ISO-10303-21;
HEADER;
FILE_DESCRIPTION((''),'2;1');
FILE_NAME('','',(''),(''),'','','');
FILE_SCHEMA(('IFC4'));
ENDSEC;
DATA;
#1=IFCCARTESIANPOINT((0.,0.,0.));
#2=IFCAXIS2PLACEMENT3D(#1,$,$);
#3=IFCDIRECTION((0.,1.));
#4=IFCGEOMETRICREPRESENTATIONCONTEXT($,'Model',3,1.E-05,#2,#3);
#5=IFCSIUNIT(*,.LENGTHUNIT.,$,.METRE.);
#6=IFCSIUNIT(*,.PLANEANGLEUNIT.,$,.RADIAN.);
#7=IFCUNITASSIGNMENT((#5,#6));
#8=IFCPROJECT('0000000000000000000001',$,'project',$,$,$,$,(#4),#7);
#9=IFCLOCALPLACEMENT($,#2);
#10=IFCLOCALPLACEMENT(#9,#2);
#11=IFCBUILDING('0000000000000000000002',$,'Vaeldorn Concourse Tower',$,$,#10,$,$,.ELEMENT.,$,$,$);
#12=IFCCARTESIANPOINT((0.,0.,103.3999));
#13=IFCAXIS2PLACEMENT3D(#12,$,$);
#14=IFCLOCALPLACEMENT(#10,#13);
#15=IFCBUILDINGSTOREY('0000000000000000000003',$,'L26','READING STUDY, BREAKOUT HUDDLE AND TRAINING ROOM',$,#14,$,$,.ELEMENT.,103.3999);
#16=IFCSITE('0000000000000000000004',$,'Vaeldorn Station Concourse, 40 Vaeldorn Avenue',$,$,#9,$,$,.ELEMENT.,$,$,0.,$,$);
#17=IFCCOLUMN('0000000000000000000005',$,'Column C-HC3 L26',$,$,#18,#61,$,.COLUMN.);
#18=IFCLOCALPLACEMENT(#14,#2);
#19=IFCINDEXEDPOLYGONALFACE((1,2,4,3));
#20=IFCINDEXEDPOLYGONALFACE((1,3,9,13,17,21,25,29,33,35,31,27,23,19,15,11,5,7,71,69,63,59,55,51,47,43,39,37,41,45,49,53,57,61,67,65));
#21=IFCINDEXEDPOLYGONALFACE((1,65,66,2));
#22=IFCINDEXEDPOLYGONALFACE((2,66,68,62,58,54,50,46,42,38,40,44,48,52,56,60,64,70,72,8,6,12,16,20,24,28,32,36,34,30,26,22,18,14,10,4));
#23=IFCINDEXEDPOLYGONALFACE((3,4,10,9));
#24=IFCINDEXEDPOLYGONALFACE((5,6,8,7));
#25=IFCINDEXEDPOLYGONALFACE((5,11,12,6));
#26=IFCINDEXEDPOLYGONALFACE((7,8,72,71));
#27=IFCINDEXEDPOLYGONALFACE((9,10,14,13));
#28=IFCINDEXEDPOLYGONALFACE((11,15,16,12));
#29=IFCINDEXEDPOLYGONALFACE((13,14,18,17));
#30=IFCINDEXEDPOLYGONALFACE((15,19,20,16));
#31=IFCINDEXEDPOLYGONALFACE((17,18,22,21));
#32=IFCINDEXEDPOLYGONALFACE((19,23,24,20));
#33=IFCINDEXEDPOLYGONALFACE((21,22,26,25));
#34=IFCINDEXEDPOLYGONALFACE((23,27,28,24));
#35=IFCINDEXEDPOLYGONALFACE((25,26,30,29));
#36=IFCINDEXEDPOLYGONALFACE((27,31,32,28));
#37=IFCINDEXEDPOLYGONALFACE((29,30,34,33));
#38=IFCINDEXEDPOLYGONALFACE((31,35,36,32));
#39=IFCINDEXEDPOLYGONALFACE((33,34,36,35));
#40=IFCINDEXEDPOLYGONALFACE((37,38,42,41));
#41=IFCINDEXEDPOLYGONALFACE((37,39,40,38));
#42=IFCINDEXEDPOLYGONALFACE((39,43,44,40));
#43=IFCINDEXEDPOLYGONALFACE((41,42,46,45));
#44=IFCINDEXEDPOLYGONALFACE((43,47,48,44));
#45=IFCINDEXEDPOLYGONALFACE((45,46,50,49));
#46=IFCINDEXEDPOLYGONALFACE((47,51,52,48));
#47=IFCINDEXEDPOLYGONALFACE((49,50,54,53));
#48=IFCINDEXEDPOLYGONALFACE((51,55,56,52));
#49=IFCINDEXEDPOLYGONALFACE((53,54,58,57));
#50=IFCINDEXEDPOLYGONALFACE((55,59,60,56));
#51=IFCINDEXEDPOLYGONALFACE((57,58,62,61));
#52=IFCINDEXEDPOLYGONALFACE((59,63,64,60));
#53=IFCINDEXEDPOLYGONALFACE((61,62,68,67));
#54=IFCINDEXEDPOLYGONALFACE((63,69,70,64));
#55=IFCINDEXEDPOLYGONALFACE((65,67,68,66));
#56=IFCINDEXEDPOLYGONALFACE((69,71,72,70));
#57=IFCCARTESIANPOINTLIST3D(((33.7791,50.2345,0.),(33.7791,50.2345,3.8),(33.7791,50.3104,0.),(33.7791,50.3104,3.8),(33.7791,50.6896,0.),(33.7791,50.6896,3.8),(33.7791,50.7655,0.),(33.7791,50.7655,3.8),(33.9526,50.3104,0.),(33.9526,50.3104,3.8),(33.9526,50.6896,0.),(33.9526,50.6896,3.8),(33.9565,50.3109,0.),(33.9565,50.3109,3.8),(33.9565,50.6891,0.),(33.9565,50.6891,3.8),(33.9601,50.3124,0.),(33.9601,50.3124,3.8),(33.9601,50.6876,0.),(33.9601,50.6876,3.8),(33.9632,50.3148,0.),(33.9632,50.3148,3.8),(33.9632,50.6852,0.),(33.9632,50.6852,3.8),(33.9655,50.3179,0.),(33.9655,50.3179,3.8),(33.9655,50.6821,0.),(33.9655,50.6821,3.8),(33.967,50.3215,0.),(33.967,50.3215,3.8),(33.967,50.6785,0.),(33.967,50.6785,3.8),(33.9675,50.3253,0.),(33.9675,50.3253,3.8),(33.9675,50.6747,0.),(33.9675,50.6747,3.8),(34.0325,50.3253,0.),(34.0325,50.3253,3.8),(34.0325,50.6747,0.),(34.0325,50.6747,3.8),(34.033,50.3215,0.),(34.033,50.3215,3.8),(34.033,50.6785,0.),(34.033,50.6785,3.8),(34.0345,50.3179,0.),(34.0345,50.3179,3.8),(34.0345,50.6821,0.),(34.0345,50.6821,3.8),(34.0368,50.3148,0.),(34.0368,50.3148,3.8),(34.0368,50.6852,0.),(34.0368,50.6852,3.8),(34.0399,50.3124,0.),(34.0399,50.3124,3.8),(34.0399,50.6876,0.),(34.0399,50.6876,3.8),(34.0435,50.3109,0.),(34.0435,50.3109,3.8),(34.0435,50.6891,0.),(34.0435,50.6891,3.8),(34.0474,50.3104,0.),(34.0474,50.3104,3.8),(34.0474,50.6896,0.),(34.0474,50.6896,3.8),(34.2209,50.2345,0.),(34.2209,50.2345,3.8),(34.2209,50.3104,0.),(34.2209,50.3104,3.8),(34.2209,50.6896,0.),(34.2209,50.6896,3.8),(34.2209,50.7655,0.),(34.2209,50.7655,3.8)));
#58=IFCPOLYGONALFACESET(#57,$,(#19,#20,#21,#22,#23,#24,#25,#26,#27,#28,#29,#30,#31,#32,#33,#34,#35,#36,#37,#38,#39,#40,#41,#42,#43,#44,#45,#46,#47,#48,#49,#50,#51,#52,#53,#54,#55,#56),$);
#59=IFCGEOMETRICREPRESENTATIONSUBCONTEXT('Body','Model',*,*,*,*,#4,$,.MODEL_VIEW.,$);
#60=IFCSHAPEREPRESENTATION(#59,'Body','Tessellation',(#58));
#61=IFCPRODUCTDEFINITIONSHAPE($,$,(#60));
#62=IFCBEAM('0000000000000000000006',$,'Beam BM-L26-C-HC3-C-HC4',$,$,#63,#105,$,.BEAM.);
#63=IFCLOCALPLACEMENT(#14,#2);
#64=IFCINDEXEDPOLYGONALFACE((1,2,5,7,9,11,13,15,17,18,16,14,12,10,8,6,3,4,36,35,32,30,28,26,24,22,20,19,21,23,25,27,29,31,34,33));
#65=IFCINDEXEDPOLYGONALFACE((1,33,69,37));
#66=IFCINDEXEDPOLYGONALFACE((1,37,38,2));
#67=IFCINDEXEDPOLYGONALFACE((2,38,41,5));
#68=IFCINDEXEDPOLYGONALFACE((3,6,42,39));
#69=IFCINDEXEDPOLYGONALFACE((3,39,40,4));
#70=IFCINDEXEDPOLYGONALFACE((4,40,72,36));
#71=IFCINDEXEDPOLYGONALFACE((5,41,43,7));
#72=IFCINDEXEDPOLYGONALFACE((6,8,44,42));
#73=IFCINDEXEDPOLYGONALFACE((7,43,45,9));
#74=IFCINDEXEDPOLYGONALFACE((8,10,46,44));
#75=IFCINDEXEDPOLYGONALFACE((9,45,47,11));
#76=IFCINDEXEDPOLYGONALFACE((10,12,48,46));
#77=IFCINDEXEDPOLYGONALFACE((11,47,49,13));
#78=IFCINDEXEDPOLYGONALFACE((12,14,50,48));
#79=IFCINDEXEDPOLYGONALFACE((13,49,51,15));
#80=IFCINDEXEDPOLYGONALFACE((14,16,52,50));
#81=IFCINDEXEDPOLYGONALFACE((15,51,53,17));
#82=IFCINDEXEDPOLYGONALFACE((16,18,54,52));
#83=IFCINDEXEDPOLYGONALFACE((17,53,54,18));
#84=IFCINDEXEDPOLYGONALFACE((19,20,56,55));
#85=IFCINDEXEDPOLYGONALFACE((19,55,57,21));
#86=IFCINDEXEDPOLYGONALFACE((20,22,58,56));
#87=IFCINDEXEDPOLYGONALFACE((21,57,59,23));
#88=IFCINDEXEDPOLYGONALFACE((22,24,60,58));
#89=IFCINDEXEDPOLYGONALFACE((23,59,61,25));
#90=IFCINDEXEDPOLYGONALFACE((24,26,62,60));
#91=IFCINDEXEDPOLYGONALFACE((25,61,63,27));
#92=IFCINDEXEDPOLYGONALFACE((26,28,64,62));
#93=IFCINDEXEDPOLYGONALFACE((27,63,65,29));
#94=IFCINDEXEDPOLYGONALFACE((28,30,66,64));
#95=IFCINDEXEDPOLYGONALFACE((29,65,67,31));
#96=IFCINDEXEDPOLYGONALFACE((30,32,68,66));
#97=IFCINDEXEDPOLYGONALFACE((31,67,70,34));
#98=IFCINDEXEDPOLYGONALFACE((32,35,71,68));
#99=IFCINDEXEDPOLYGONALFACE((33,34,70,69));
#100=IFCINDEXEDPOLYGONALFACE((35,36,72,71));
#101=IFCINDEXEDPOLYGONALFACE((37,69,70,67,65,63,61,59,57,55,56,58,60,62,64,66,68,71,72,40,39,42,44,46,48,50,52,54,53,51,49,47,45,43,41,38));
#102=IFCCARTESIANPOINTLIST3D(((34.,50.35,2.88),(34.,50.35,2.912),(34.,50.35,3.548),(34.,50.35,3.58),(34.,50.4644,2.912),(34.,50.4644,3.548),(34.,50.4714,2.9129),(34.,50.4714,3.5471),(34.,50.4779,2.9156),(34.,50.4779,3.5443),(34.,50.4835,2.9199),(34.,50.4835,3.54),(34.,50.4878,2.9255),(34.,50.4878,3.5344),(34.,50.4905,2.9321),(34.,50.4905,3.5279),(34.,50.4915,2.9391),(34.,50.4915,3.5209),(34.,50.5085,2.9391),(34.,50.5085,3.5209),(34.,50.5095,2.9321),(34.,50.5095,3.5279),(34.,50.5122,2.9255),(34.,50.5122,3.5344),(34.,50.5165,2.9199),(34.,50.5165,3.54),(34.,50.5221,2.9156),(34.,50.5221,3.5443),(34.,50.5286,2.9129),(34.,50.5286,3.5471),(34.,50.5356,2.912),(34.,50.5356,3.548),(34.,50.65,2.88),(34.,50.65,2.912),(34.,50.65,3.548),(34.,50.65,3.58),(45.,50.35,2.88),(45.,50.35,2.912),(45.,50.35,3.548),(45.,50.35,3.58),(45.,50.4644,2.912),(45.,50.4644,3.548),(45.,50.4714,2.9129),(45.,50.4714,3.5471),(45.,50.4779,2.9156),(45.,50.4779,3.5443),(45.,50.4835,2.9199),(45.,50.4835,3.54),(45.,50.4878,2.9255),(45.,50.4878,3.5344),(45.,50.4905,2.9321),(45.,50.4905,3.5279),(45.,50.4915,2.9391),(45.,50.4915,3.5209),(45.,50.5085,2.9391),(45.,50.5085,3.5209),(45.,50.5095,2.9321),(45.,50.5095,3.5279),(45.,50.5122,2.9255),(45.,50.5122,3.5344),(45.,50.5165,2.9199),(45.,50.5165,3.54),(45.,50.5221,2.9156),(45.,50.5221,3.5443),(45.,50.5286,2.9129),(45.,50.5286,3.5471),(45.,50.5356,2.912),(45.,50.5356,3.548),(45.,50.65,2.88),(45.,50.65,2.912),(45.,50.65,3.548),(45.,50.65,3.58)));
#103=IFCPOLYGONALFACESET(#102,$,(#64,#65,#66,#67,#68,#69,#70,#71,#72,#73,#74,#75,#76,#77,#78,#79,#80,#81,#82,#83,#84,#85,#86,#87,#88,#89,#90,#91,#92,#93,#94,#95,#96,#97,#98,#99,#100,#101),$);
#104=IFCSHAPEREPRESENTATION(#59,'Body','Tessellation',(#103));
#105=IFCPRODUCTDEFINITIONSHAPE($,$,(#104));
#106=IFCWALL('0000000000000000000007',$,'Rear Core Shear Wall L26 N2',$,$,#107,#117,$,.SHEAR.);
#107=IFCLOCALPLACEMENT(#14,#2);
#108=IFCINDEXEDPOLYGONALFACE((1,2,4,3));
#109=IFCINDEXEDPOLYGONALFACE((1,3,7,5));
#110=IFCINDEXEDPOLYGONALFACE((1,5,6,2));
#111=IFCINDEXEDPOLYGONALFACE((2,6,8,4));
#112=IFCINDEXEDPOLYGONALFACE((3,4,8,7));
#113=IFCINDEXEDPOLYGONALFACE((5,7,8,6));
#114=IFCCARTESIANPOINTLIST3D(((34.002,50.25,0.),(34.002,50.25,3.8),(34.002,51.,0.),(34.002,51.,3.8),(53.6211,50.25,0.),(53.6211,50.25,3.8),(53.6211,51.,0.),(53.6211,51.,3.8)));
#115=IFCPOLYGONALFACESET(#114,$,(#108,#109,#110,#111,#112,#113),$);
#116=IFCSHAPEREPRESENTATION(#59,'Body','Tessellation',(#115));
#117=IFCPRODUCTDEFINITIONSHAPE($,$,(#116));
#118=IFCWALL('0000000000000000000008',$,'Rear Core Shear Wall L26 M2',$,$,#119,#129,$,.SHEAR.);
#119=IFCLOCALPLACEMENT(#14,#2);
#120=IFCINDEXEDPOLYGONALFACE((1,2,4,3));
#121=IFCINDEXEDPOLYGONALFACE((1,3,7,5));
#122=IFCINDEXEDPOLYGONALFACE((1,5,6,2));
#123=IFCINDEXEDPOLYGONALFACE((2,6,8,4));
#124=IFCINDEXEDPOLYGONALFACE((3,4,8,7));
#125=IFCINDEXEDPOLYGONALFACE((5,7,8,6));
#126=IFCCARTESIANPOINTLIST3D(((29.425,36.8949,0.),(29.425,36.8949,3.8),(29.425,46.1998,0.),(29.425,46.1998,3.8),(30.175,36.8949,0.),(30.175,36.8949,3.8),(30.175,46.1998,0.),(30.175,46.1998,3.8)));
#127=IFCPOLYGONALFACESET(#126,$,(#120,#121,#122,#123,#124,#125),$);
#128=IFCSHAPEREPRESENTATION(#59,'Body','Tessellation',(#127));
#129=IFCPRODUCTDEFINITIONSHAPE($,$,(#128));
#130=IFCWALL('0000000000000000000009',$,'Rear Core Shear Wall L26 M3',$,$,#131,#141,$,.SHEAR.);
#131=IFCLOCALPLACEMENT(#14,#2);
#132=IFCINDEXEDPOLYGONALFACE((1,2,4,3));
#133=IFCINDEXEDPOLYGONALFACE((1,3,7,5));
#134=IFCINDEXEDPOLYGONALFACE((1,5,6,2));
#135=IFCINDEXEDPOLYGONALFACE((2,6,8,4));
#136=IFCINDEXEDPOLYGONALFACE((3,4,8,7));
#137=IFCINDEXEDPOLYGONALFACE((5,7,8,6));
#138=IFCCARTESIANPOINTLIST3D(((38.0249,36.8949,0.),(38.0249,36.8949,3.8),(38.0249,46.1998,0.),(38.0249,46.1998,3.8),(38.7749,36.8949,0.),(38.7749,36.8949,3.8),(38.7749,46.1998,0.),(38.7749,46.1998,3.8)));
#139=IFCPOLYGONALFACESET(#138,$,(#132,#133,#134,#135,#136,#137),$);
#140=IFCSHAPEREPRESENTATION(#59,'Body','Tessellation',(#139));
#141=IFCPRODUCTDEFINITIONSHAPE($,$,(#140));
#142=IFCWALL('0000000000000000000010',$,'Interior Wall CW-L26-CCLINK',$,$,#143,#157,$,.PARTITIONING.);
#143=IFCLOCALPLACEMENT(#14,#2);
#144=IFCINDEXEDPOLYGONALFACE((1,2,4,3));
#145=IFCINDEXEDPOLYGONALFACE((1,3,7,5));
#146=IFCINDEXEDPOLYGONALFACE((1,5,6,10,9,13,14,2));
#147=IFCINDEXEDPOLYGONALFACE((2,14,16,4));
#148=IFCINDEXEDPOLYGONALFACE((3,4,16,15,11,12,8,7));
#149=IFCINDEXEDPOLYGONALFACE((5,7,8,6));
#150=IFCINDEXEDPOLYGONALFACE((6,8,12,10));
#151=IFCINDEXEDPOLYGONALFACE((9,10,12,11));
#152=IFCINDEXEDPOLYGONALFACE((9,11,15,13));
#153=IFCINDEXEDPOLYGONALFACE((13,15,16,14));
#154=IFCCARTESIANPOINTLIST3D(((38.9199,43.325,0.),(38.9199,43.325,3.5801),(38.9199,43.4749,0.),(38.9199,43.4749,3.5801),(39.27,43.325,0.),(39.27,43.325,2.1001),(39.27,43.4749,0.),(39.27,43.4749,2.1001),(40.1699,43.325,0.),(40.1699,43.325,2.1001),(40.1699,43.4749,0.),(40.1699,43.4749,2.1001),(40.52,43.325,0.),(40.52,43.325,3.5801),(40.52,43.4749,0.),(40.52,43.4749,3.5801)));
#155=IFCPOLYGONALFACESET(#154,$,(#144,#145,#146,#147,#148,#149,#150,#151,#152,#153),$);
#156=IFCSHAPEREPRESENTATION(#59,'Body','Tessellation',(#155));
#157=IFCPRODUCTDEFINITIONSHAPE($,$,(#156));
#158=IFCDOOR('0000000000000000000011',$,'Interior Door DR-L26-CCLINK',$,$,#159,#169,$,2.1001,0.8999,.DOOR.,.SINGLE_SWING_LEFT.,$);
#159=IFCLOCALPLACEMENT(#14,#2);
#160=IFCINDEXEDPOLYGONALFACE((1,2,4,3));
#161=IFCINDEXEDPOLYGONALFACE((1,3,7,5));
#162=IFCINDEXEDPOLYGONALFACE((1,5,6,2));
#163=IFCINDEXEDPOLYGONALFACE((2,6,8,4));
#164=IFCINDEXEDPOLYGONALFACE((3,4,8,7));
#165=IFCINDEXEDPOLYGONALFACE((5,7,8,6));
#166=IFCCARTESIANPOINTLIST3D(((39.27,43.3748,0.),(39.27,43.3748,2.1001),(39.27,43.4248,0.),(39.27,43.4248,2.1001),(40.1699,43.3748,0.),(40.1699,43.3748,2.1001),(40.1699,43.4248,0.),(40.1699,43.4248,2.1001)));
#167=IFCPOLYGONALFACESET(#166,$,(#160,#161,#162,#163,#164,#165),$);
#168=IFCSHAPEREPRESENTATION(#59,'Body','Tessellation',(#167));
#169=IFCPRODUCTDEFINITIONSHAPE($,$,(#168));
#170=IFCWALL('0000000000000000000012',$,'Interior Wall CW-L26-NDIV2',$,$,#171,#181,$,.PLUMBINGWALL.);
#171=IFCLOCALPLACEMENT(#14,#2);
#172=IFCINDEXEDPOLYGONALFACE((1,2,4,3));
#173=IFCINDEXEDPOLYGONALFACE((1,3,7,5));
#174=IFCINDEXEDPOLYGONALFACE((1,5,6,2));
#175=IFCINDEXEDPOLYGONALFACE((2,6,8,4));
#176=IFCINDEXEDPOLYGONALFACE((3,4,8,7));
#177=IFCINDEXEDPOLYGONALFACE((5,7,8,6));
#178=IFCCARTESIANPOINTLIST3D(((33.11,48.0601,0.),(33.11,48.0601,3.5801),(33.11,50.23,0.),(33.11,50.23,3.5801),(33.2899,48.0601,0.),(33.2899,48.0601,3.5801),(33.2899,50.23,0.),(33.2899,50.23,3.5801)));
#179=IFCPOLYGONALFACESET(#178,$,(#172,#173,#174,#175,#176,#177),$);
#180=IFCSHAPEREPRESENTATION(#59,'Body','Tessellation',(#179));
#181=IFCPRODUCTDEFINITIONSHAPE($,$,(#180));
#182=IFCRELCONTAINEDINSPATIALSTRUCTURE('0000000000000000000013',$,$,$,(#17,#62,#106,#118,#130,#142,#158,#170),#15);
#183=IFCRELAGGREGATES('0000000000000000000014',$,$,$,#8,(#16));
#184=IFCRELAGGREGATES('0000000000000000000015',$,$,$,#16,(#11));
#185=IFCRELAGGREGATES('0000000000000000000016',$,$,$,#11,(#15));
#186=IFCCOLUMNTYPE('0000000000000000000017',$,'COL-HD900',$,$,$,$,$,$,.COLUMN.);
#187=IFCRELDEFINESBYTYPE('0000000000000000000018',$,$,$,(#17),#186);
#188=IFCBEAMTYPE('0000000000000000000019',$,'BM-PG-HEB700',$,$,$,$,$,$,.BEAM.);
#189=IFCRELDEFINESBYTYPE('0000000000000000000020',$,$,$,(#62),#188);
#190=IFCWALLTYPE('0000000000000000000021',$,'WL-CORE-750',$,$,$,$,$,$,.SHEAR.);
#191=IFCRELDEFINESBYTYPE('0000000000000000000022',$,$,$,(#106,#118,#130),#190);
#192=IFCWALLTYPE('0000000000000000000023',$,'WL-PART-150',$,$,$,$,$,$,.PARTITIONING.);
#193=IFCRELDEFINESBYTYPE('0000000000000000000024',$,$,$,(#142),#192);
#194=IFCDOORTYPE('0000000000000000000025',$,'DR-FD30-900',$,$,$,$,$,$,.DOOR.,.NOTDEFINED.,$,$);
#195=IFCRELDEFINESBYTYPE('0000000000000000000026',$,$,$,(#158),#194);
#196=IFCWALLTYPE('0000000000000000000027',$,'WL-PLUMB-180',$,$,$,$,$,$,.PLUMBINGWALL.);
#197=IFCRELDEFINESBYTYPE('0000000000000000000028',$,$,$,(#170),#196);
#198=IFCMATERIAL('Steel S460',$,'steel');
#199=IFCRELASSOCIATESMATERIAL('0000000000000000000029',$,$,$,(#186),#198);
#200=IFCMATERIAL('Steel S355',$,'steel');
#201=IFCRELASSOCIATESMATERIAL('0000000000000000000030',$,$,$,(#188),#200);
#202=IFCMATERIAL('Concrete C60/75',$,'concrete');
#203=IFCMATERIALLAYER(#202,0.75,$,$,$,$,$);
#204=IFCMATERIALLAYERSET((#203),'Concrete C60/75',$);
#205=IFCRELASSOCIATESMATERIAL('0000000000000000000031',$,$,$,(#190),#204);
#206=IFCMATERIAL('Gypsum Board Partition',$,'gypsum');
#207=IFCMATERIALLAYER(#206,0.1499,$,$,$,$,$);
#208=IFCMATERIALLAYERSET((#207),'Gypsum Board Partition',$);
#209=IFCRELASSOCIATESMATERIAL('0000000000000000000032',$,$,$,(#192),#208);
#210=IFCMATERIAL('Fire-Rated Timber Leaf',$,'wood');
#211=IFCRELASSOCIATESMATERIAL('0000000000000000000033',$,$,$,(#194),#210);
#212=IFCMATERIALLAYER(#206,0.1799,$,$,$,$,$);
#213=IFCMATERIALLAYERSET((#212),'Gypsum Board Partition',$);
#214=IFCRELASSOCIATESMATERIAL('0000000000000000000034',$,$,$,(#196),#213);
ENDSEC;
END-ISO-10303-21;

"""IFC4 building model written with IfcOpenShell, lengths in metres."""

from ifc_helpers import new_model, si_unit, direction, frame, frame_2d, origin, origin_2d, place, context, subcontext, project, spatial, rectangle, i_section, extrude, source, transform, mapped, material, layer, layer_set, material_profile, profile_set, type_object, element, fill, save


model = new_model("IFC4")

# Units and contexts
model_context = context("Model", 3, precision=1e-05, world=origin(), true_north=direction((0.0, 1.0)))
body_context = subcontext(model_context, "Body", "Model", "MODEL_VIEW")
ifc_project = project(units=[si_unit("LENGTHUNIT", "METRE"), si_unit("PLANEANGLEUNIT", "RADIAN")], contexts=[model_context])

# Site, building, storey
site_placement = place(None, origin())
site = spatial("IfcSite", under=ifc_project, at=site_placement, Name="Vaeldorn Station Concourse, 40 Vaeldorn Avenue", CompositionType="ELEMENT", RefElevation=0.0)
building_placement = place(site_placement, origin())
building = spatial("IfcBuilding", under=site, at=building_placement, Name="Vaeldorn Concourse Tower", CompositionType="ELEMENT")
storey_placement = place(building_placement, frame((0.0, 0.0, 103.3999)))
storey = spatial("IfcBuildingStorey", under=building, at=storey_placement, Name="L26", Description="READING STUDY, BREAKOUT HUDDLE AND TRAINING ROOM", CompositionType="ELEMENT", Elevation=103.3999)

# Column
ifc_material_1 = material(Name="Steel S460", Category="steel")
ifc_material_profile_1 = material_profile(ifc_material_1, i_section(OverallWidth=0.4419, OverallDepth=0.531, WebThickness=0.0649, FlangeThickness=0.0759, FilletRadius=0.0149, at=origin_2d()), Name="HD 400x900")
ifc_profile_set_1 = profile_set([ifc_material_profile_1], Name="Steel S460")
column_type = type_object("IfcColumnType", Name="COL-HD900", PredefinedType="COLUMN", material=ifc_profile_set_1)
shared_shape_1 = source(origin(), body_context, "Body", "SweptSolid", [
    extrude(i_section(OverallWidth=0.4419, OverallDepth=0.531, WebThickness=0.0649, FlangeThickness=0.0759, FilletRadius=0.0149, at=origin_2d()), origin(), (0.0, 0.0, 1.0), 3.8),
])
column_placement = place(storey_placement, frame((34.0, 50.5, 0.0), z_axis=(0.0, 0.0, 1.0), x_axis=(1.0, 0.0, 0.0)))
element("IfcColumn", 1, at=column_placement, inside=storey, type_object=column_type, Name="Column C-HC3 L26", PredefinedType="COLUMN", context=body_context, shape_type="MappedRepresentation", body=[
    mapped(shared_shape_1, transform((0.0, 0.0, 0.0), scale=1.0)),
])

# Beam
ifc_material_2 = material(Name="Steel S355", Category="steel")
ifc_material_profile_2 = material_profile(ifc_material_2, i_section(OverallWidth=0.3, OverallDepth=0.7, WebThickness=0.0171, FlangeThickness=0.032, FilletRadius=0.0271, at=origin_2d()), Name="HEB 700")
ifc_profile_set_2 = profile_set([ifc_material_profile_2], Name="Steel S355")
beam_type = type_object("IfcBeamType", Name="BM-PG-HEB700", PredefinedType="BEAM", material=ifc_profile_set_2)
shared_shape_2 = source(origin(), body_context, "Body", "SweptSolid", [
    extrude(i_section(OverallWidth=0.3, OverallDepth=0.7, WebThickness=0.0171, FlangeThickness=0.032, FilletRadius=0.0271, at=origin_2d()), origin(), (0.0, 0.0, 1.0), 11.0),
])
beam_placement = place(storey_placement, frame((34.0, 50.5, 3.23), z_axis=(1.0, 0.0, 0.0), x_axis=(0.0, 1.0, 0.0)))
element("IfcBeam", 2, at=beam_placement, inside=storey, type_object=beam_type, Name="Beam BM-L26-C-HC3-C-HC4", PredefinedType="BEAM", context=body_context, shape_type="MappedRepresentation", body=[
    mapped(shared_shape_2, transform((0.0, 0.0, 0.0), scale=1.0)),
])

# Walls
ifc_material_3 = material(Name="Concrete C60/75", Category="concrete")
ifc_layer_1 = layer(ifc_material_3, 0.75)
ifc_layer_set_1 = layer_set([ifc_layer_1], Name="Concrete C60/75")
wall_type_1 = type_object("IfcWallType", Name="WL-CORE-750", PredefinedType="SHEAR", material=ifc_layer_set_1)
wall_1_placement = place(storey_placement, frame((34.002, 50.625, 0.0), z_axis=(0.0, 0.0, 1.0), x_axis=(1.0, 0.0, 0.0)))
element("IfcWall", 3, at=wall_1_placement, inside=storey, type_object=wall_type_1, Name="Rear Core Shear Wall L26 N2", PredefinedType="SHEAR", context=body_context, shape_type="SweptSolid", body=[
    extrude(rectangle(XDim=19.6191, YDim=0.75, at=frame_2d((9.8096, 0.0))), origin(), (0.0, 0.0, 1.0), 3.8),
])
for number, where, z_axis, x_axis, name in (
    (4, (29.8, 36.895, 0.0), (0.0, 0.0, 1.0), (0.0, 1.0, 0.0), "Rear Core Shear Wall L26 M2"),
    (5, (38.3999, 36.895, 0.0), (0.0, 0.0, 1.0), (0.0, 1.0, 0.0), "Rear Core Shear Wall L26 M3"),
):
    element("IfcWall", number, at=place(storey_placement, frame(where, z_axis=z_axis, x_axis=x_axis)), inside=storey, type_object=wall_type_1, Name=name, PredefinedType="SHEAR", context=body_context, shape_type="SweptSolid", body=[
        extrude(rectangle(XDim=9.3049, YDim=0.75, at=frame_2d((4.6523, 0.0))), origin(), (0.0, 0.0, 1.0), 3.8),
    ])

# Wall, opening, door
ifc_material_4 = material(Name="Gypsum Board Partition", Category="gypsum")
ifc_layer_2 = layer(ifc_material_4, 0.1499)
ifc_layer_set_2 = layer_set([ifc_layer_2], Name="Gypsum Board Partition")
wall_type_2 = type_object("IfcWallType", Name="WL-PART-150", PredefinedType="PARTITIONING", material=ifc_layer_set_2)
wall_2_placement = place(storey_placement, frame((38.9199, 43.3999, 0.0), z_axis=(0.0, 0.0, 1.0), x_axis=(1.0, 0.0, 0.0)))
wall_2 = element("IfcWall", 6, at=wall_2_placement, inside=storey, type_object=wall_type_2, Name="Interior Wall CW-L26-CCLINK", PredefinedType="PARTITIONING", context=body_context, shape_type="SweptSolid", body=[
    extrude(rectangle(XDim=1.6001, YDim=0.1499, at=frame_2d((0.8, 0.0))), origin(), (0.0, 0.0, 1.0), 3.5801),
])
opening_1_placement = place(wall_2_placement, frame((0.3501, 0.0, 0.0)))
opening_1 = element("IfcOpeningElement", 7, at=opening_1_placement, cuts=wall_2, PredefinedType="OPENING", context=body_context, shape_type="SweptSolid", body=[
    extrude(rectangle(XDim=0.8999, YDim=2.1001, at=frame_2d((0.45, 1.05))), frame((0.0, 0.085, 0.0), z_axis=(0.0, -1.0, 0.0), x_axis=(1.0, 0.0, 0.0)), (0.0, 0.0, 1.0), 0.1699),
])
ifc_material_5 = material(Name="Fire-Rated Timber Leaf", Category="wood")
door_type_1 = type_object("IfcDoorType", Name="DR-FD30-900", OperationType="NOTDEFINED", PredefinedType="DOOR", material=ifc_material_5)
shared_shape_3 = source(origin(), body_context, "Body", "SweptSolid", [
    extrude(rectangle(XDim=0.8999, YDim=2.1001, at=frame_2d((0.45, 1.05))), frame((0.0, 0.0249, 0.0), z_axis=(0.0, -1.0, 0.0), x_axis=(1.0, 0.0, 0.0)), (0.0, 0.0, 1.0), 0.05),
])
door_1_placement = place(opening_1_placement, origin())
door_1 = element("IfcDoor", 8, at=door_1_placement, inside=storey, type_object=door_type_1, Name="Interior Door DR-L26-CCLINK", OperationType="SINGLE_SWING_LEFT", OverallHeight=2.1001, OverallWidth=0.8999, PredefinedType="DOOR", context=body_context, shape_type="MappedRepresentation", body=[
    mapped(shared_shape_3, transform((0.0, 0.0, 0.0), scale=1.0)),
])
fill(opening_1, door_1)

# Wall
ifc_layer_3 = layer(ifc_material_4, 0.1799)
ifc_layer_set_3 = layer_set([ifc_layer_3], Name="Gypsum Board Partition")
wall_type_3 = type_object("IfcWallType", Name="WL-PLUMB-180", PredefinedType="PLUMBINGWALL", material=ifc_layer_set_3)
for number, where, z_axis, x_axis, name in (
    (9, (33.2, 48.0601, 0.0), (0.0, 0.0, 1.0), (0.0, 1.0, 0.0), "Interior Wall CW-L26-NDIV2"),
):
    element("IfcWall", number, at=place(storey_placement, frame(where, z_axis=z_axis, x_axis=x_axis)), inside=storey, type_object=wall_type_3, Name=name, PredefinedType="PLUMBINGWALL", context=body_context, shape_type="SweptSolid", body=[
        extrude(rectangle(XDim=2.1699, YDim=0.1799, at=frame_2d((1.085, 0.0))), origin(), (0.0, 0.0, 1.0), 3.5801),
    ])

save(model, "model.ifc")
